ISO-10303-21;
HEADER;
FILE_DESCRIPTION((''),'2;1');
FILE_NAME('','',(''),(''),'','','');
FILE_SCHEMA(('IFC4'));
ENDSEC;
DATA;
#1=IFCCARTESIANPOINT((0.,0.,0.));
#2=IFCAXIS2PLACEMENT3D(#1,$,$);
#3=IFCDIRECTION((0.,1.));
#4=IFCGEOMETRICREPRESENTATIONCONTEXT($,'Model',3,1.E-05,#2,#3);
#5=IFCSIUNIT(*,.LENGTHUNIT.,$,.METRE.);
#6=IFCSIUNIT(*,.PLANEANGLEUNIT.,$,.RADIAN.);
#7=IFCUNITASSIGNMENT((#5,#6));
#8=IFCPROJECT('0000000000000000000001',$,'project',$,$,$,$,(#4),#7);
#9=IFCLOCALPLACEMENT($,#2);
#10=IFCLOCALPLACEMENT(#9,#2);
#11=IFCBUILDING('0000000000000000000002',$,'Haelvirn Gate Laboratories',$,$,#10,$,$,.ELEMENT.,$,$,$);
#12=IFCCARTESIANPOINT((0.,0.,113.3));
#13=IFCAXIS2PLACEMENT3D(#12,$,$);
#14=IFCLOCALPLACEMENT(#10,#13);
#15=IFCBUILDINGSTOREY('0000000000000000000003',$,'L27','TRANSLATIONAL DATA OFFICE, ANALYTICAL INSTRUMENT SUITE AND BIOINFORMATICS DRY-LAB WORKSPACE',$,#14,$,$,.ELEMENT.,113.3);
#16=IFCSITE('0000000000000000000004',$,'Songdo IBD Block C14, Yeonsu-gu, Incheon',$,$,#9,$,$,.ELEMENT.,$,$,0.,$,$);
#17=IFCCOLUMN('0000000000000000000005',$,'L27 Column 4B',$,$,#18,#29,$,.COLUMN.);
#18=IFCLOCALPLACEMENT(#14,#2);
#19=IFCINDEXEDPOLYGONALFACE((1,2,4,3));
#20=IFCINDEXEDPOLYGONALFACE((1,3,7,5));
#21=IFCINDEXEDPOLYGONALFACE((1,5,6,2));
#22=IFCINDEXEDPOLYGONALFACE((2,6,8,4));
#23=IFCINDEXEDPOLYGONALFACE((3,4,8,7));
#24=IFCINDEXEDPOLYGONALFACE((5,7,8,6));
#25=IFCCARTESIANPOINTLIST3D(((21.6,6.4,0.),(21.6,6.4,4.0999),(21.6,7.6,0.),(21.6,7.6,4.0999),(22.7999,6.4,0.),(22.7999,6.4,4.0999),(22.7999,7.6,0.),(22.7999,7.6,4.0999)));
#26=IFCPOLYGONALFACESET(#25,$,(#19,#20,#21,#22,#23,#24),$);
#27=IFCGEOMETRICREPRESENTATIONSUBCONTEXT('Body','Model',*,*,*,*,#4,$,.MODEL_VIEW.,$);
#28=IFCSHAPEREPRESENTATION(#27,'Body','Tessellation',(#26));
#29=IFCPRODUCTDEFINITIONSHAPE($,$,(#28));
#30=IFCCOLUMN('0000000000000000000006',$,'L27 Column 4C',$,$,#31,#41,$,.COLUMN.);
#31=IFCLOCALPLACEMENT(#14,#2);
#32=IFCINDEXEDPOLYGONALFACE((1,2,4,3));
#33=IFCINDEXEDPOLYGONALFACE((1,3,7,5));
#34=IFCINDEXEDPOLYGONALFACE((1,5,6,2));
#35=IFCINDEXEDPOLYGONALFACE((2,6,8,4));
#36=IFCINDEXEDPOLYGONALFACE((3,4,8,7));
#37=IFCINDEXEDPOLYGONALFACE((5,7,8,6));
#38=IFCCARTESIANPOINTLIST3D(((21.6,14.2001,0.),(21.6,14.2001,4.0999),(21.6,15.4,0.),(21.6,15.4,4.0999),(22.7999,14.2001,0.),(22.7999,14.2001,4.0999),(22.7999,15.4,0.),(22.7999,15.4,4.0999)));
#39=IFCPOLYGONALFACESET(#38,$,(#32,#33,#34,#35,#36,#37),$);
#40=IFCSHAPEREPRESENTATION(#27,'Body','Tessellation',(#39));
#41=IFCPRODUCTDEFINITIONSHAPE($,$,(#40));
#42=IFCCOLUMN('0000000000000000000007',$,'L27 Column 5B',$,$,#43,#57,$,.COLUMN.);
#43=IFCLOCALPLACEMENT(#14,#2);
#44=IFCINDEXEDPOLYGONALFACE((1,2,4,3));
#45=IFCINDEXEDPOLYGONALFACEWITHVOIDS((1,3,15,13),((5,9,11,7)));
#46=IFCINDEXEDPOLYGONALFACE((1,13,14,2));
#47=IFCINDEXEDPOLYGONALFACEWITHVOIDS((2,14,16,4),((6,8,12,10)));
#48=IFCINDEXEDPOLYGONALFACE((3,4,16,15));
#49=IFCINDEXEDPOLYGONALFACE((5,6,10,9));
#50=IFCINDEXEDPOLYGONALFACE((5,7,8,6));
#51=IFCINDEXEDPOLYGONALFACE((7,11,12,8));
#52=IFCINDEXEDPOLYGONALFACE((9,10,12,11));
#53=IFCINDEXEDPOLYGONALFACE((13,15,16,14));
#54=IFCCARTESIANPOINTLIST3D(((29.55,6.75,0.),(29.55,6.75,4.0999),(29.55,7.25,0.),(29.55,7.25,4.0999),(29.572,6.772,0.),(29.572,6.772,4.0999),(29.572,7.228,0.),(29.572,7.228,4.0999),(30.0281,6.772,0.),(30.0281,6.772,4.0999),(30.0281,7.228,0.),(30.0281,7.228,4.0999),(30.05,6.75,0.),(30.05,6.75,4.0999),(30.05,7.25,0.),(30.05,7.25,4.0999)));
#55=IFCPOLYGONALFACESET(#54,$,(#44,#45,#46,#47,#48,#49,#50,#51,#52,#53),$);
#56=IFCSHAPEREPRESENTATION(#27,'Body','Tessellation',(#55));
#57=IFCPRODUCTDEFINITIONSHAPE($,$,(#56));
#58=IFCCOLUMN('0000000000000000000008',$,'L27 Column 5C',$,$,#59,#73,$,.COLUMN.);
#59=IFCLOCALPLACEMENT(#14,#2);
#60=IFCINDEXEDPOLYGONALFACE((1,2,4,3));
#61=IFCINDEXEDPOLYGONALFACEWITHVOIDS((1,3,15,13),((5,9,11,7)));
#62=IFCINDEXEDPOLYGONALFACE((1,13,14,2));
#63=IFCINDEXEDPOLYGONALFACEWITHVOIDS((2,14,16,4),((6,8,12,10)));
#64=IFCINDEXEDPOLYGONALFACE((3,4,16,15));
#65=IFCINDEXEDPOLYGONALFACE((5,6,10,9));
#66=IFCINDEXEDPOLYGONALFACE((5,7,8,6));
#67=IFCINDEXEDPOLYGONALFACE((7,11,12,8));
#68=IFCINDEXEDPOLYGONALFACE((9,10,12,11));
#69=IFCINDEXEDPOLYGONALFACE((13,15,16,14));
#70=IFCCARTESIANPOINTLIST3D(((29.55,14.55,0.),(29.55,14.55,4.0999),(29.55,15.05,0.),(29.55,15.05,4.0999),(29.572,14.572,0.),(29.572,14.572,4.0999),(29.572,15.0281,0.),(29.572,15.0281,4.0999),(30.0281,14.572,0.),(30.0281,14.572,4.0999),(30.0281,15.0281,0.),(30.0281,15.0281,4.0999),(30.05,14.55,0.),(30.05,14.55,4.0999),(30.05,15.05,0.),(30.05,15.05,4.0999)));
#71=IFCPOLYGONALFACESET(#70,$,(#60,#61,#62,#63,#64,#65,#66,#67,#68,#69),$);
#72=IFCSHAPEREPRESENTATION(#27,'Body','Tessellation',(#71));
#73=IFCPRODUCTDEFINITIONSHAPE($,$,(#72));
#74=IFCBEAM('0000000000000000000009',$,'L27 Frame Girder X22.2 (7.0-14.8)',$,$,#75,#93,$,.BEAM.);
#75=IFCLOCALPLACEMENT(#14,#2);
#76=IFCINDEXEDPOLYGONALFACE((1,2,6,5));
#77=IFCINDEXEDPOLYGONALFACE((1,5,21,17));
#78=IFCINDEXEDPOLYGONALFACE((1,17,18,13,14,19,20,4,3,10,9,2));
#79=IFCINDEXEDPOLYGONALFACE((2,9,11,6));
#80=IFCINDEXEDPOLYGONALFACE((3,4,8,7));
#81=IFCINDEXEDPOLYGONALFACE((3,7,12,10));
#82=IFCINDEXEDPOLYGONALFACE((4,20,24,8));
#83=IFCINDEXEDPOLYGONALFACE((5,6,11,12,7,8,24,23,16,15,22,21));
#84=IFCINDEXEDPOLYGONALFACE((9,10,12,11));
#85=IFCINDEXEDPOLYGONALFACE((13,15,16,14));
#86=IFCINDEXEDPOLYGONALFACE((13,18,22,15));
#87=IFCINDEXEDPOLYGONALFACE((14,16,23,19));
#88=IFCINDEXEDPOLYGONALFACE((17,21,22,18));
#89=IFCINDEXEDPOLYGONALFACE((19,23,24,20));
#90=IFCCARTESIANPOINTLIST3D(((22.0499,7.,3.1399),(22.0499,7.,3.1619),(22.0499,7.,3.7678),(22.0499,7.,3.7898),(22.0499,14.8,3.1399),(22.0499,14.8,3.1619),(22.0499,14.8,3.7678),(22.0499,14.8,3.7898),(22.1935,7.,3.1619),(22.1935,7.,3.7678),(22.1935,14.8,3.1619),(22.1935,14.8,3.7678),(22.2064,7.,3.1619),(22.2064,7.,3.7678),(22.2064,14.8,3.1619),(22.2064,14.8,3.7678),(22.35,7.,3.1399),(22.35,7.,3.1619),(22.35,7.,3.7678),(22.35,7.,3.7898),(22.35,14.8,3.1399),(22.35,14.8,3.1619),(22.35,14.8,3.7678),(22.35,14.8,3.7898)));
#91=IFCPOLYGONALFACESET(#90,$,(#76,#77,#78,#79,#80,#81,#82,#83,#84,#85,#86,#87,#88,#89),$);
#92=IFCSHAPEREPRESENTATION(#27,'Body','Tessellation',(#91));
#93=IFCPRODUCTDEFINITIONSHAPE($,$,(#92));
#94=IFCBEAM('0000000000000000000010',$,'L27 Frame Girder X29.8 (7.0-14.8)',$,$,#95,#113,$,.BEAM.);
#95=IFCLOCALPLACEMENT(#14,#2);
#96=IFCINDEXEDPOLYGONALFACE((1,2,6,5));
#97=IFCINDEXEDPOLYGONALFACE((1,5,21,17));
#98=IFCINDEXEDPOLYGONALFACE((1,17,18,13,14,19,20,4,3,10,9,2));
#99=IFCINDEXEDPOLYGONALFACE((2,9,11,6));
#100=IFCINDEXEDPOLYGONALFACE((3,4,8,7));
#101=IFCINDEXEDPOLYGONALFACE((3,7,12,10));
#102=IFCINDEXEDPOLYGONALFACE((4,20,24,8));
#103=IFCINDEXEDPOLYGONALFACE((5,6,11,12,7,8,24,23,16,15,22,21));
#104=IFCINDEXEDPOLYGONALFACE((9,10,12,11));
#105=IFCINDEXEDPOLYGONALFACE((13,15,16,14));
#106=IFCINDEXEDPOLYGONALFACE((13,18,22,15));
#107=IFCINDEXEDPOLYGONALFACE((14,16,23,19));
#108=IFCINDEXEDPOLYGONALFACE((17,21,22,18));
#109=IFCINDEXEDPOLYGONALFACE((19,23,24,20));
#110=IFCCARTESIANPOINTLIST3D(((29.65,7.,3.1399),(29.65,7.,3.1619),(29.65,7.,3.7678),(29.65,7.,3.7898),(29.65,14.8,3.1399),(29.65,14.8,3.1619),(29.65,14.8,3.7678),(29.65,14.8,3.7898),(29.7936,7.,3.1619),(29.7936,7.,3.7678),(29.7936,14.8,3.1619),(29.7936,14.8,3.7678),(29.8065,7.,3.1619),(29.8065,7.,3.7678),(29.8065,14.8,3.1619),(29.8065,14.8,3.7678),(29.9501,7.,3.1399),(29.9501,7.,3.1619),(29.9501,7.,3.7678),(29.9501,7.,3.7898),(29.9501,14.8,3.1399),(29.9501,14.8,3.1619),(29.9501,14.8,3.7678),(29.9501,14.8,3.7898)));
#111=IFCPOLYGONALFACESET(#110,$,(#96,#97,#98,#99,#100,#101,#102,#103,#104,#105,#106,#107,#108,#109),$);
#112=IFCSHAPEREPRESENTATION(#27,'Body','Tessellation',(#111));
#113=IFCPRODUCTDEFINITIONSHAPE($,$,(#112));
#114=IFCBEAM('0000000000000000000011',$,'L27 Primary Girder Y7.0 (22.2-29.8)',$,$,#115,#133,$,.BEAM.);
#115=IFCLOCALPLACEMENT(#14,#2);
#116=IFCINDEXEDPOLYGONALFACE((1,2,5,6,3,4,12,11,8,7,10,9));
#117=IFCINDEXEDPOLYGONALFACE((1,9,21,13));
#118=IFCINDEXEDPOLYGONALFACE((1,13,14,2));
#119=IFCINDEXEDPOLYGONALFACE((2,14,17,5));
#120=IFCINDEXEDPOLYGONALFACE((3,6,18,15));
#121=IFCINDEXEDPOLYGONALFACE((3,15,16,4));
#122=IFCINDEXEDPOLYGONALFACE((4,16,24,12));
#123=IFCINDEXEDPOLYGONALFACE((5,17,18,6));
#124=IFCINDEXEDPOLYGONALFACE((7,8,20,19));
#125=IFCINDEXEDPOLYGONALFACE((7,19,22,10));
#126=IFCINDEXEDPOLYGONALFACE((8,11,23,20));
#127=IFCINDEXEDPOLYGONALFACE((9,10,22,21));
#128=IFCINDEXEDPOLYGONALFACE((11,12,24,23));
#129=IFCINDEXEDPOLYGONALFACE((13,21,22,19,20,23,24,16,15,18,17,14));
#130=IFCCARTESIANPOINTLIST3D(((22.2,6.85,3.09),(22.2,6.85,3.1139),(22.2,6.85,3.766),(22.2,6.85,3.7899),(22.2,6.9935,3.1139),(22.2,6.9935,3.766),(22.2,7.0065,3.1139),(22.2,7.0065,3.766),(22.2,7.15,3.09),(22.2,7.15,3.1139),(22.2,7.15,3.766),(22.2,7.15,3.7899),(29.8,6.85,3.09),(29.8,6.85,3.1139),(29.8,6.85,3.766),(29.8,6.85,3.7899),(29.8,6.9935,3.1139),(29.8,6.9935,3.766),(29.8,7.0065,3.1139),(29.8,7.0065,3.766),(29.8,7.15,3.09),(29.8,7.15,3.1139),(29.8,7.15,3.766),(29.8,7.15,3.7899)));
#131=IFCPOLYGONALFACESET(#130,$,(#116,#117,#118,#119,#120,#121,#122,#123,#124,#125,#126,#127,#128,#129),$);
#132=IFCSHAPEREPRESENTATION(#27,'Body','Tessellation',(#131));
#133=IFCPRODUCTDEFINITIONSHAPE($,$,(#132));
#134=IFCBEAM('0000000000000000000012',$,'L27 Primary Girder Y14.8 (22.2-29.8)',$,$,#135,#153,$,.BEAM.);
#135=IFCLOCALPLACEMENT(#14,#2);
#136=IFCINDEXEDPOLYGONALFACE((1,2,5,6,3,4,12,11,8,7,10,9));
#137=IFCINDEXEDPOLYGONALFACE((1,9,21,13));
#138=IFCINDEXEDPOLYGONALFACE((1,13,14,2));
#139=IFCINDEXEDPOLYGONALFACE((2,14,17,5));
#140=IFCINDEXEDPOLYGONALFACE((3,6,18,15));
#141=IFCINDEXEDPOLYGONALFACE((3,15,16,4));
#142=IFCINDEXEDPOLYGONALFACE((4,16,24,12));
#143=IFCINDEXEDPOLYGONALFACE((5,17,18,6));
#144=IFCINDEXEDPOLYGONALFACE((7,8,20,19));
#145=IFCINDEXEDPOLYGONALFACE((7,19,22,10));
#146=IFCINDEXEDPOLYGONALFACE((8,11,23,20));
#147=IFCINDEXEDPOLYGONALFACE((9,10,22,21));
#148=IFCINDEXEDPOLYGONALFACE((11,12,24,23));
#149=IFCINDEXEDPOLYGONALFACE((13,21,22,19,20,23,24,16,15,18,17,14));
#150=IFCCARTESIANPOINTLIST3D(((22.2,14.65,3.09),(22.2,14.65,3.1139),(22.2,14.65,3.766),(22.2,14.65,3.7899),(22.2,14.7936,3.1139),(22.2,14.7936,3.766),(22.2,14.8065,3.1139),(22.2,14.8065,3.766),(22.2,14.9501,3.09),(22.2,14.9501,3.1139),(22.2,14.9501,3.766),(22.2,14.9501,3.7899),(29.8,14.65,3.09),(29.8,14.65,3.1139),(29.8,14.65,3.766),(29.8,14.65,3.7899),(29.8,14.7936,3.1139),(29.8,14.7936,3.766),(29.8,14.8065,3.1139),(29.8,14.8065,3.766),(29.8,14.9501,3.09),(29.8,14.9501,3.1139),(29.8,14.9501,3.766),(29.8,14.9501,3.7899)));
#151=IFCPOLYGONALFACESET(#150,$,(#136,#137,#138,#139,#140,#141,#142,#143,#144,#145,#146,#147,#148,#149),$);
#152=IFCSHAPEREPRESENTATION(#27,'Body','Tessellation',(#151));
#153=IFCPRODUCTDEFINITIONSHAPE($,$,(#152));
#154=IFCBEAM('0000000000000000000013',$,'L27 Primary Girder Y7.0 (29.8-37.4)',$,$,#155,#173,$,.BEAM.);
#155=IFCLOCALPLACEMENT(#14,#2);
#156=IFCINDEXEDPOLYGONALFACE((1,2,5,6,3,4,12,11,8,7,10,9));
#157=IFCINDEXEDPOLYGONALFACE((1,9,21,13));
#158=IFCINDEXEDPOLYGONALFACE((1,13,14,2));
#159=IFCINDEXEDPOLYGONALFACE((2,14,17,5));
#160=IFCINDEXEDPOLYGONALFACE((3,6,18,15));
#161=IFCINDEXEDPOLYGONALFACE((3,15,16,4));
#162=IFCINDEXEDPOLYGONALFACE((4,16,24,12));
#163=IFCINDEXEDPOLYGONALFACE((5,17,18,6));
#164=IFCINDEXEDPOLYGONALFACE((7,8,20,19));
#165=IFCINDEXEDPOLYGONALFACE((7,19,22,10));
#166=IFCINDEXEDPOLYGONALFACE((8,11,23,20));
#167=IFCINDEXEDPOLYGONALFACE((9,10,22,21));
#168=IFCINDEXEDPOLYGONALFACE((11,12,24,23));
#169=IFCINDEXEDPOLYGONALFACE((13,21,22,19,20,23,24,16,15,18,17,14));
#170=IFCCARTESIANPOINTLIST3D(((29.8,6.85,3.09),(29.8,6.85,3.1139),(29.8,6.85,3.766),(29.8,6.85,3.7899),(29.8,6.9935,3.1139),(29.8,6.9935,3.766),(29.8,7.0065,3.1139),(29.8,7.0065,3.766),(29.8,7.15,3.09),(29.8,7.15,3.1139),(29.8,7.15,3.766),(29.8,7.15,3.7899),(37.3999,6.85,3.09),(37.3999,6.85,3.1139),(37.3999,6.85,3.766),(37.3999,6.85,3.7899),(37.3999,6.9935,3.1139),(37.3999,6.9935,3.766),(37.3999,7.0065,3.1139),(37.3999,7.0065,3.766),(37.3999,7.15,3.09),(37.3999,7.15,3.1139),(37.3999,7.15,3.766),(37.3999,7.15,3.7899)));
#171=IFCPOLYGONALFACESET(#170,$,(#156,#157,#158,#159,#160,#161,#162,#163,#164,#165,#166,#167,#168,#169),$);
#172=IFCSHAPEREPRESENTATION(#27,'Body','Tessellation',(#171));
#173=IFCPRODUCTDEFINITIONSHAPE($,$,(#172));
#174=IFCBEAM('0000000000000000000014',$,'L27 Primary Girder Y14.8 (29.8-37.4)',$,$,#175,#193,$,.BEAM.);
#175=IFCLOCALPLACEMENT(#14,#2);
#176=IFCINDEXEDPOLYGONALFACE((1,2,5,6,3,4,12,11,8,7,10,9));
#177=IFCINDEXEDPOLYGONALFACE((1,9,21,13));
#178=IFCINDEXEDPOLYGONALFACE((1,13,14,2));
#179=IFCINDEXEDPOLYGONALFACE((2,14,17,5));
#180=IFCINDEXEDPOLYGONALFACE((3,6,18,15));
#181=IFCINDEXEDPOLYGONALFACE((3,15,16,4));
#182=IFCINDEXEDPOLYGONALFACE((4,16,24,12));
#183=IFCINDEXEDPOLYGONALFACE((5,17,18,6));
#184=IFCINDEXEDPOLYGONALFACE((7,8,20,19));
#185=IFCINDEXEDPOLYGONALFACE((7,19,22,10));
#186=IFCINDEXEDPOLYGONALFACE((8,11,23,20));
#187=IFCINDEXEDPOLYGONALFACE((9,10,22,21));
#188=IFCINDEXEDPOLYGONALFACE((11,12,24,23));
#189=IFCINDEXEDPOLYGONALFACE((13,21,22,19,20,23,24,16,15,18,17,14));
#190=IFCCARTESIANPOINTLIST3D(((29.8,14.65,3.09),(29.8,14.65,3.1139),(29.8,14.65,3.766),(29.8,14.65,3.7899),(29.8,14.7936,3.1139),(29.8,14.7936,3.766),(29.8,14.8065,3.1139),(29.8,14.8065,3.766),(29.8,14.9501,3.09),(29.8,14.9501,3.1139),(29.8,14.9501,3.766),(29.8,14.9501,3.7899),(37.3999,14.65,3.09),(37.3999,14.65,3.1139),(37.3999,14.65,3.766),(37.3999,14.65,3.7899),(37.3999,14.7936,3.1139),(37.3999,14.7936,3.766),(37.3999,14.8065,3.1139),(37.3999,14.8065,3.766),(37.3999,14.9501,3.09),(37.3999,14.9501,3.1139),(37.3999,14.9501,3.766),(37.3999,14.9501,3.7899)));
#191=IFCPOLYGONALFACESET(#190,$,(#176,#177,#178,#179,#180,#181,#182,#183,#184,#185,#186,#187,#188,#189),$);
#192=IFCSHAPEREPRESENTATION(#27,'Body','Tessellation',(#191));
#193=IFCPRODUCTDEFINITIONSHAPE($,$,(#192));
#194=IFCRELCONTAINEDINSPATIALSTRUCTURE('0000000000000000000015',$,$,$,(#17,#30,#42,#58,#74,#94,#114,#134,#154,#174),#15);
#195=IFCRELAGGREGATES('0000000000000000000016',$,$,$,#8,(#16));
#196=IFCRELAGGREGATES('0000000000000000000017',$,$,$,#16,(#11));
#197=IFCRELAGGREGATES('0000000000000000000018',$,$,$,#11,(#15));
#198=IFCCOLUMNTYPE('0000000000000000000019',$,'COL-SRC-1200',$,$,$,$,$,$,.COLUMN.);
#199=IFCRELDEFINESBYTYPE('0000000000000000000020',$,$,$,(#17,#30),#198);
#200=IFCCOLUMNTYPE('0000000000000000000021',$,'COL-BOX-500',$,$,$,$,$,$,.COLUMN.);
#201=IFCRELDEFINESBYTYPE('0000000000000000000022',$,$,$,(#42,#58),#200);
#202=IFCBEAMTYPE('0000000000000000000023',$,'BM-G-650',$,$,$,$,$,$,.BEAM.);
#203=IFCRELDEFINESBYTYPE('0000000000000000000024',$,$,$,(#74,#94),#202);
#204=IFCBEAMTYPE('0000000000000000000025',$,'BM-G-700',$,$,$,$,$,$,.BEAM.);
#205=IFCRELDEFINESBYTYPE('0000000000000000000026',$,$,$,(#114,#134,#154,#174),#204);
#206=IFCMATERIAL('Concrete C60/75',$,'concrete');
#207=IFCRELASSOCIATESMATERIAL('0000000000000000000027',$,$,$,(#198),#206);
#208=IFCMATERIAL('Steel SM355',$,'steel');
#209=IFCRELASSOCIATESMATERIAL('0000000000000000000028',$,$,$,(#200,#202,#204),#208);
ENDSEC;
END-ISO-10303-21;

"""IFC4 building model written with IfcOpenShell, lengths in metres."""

from ifc_helpers import new_model, si_unit, direction, frame, origin, origin_2d, place, context, subcontext, project, spatial, rectangle, hollow_rectangle, i_section, extrude, source, transform, mapped, material, material_profile, profile_set, type_object, type_shapes, element, save


model = new_model("IFC4")

# Units and contexts
model_context = context("Model", 3, precision=1e-05, world=origin(), true_north=direction((0.0, 1.0)))
body_context = subcontext(model_context, "Body", "Model", "MODEL_VIEW")
ifc_project = project(units=[si_unit("LENGTHUNIT", "METRE"), si_unit("PLANEANGLEUNIT", "RADIAN")], contexts=[model_context])

# Site, building, storey
site_placement = place(None, origin())
site = spatial("IfcSite", under=ifc_project, at=site_placement, Name="Songdo IBD Block C14, Yeonsu-gu, Incheon", CompositionType="ELEMENT", RefElevation=0.0)
building_placement = place(site_placement, origin())
building = spatial("IfcBuilding", under=site, at=building_placement, Name="Haelvirn Gate Laboratories", CompositionType="ELEMENT")
storey_placement = place(building_placement, frame((0.0, 0.0, 113.3)))
storey = spatial("IfcBuildingStorey", under=building, at=storey_placement, Name="L27", Description="TRANSLATIONAL DATA OFFICE, ANALYTICAL INSTRUMENT SUITE AND BIOINFORMATICS DRY-LAB WORKSPACE", CompositionType="ELEMENT", Elevation=113.3)

# Columns
ifc_material_1 = material(Name="Concrete C60/75", Category="concrete")
ifc_material_profile_1 = material_profile(ifc_material_1, rectangle(XDim=1.2, YDim=1.2, at=origin_2d()), Name="SRC-1200x1200")
ifc_profile_set_1 = profile_set([ifc_material_profile_1], Name="Concrete C60/75")
column_type_1 = type_object("IfcColumnType", Name="COL-SRC-1200", PredefinedType="COLUMN", material=ifc_profile_set_1)
shared_shape_1 = source(origin(), body_context, "Body", "SweptSolid", [
    extrude(rectangle(XDim=1.2, YDim=1.2, at=origin_2d()), origin(), (0.0, 0.0, 1.0), 4.0999),
])
type_shapes(column_type_1, [shared_shape_1])
for number, where, z_axis, x_axis, name in (
    (1, (22.2, 7.0, 0.0), (0.0, 0.0, 1.0), (1.0, 0.0, 0.0), "L27 Column 4B"),
    (2, (22.2, 14.8, 0.0), (0.0, 0.0, 1.0), (1.0, 0.0, 0.0), "L27 Column 4C"),
):
    element("IfcColumn", number, at=place(storey_placement, frame(where, z_axis=z_axis, x_axis=x_axis)), inside=storey, type_object=column_type_1, Name=name, PredefinedType="COLUMN", context=body_context, shape_type="MappedRepresentation", body=[
        mapped(shared_shape_1, transform((0.0, 0.0, 0.0), scale=1.0)),
    ])
ifc_material_2 = material(Name="Steel SM355", Category="steel")
ifc_material_profile_2 = material_profile(ifc_material_2, hollow_rectangle(XDim=0.5, YDim=0.5, WallThickness=0.022, at=origin_2d()), Name="BOX-500x500x22")
ifc_profile_set_2 = profile_set([ifc_material_profile_2], Name="Steel SM355")
column_type_2 = type_object("IfcColumnType", Name="COL-BOX-500", PredefinedType="COLUMN", material=ifc_profile_set_2)
shared_shape_2 = source(origin(), body_context, "Body", "SweptSolid", [
    extrude(hollow_rectangle(XDim=0.5, YDim=0.5, WallThickness=0.022, at=origin_2d()), origin(), (0.0, 0.0, 1.0), 4.0999),
])
type_shapes(column_type_2, [shared_shape_2])
for number, where, z_axis, x_axis, name in (
    (3, (29.8, 7.0, 0.0), (0.0, 0.0, 1.0), (1.0, 0.0, 0.0), "L27 Column 5B"),
    (4, (29.8, 14.8, 0.0), (0.0, 0.0, 1.0), (1.0, 0.0, 0.0), "L27 Column 5C"),
):
    element("IfcColumn", number, at=place(storey_placement, frame(where, z_axis=z_axis, x_axis=x_axis)), inside=storey, type_object=column_type_2, Name=name, PredefinedType="COLUMN", context=body_context, shape_type="MappedRepresentation", body=[
        mapped(shared_shape_2, transform((0.0, 0.0, 0.0), scale=1.0)),
    ])

# Beams
ifc_material_profile_3 = material_profile(ifc_material_2, i_section(OverallWidth=0.3, OverallDepth=0.6499, WebThickness=0.0129, FlangeThickness=0.022, at=origin_2d()), Name="H-650x300x13x22")
ifc_profile_set_3 = profile_set([ifc_material_profile_3], Name="Steel SM355")
beam_type_1 = type_object("IfcBeamType", Name="BM-G-650", PredefinedType="BEAM", material=ifc_profile_set_3)
shared_shape_3 = source(origin(), body_context, "Body", "SweptSolid", [
    extrude(i_section(OverallWidth=0.3, OverallDepth=0.6499, WebThickness=0.0129, FlangeThickness=0.022, at=origin_2d()), origin(), (0.0, 0.0, 1.0), 7.8),
])
type_shapes(beam_type_1, [shared_shape_3])
for number, where, z_axis, x_axis, name in (
    (5, (22.2, 7.0, 3.4648), (0.0, 1.0, 0.0), (-1.0, 0.0, 0.0), "L27 Frame Girder X22.2 (7.0-14.8)"),
    (6, (29.8, 7.0, 3.4648), (0.0, 1.0, 0.0), (-1.0, 0.0, 0.0), "L27 Frame Girder X29.8 (7.0-14.8)"),
):
    element("IfcBeam", number, at=place(storey_placement, frame(where, z_axis=z_axis, x_axis=x_axis)), inside=storey, type_object=beam_type_1, Name=name, PredefinedType="BEAM", context=body_context, shape_type="MappedRepresentation", body=[
        mapped(shared_shape_3, transform((0.0, 0.0, 0.0), scale=1.0)),
    ])
ifc_material_profile_4 = material_profile(ifc_material_2, i_section(OverallWidth=0.3, OverallDepth=0.7, WebThickness=0.0129, FlangeThickness=0.0239, at=origin_2d()), Name="H-700x300x13x24")
ifc_profile_set_4 = profile_set([ifc_material_profile_4], Name="Steel SM355")
beam_type_2 = type_object("IfcBeamType", Name="BM-G-700", PredefinedType="BEAM", material=ifc_profile_set_4)
shared_shape_4 = source(origin(), body_context, "Body", "SweptSolid", [
    extrude(i_section(OverallWidth=0.3, OverallDepth=0.7, WebThickness=0.0129, FlangeThickness=0.0239, at=origin_2d()), origin(), (0.0, 0.0, 1.0), 7.6001),
])
for number, where, z_axis, x_axis, name in (
    (7, (22.2, 7.0, 3.4399), (1.0, 0.0, 0.0), (0.0, 1.0, 0.0), "L27 Primary Girder Y7.0 (22.2-29.8)"),
    (8, (22.2, 14.8, 3.4399), (1.0, 0.0, 0.0), (0.0, 1.0, 0.0), "L27 Primary Girder Y14.8 (22.2-29.8)"),
):
    element("IfcBeam", number, at=place(storey_placement, frame(where, z_axis=z_axis, x_axis=x_axis)), inside=storey, type_object=beam_type_2, Name=name, PredefinedType="BEAM", context=body_context, shape_type="MappedRepresentation", body=[
        mapped(shared_shape_4, transform((0.0, 0.0, 0.0), scale=1.0)),
    ])
shared_shape_5 = source(origin(), body_context, "Body", "SweptSolid", [
    extrude(i_section(OverallWidth=0.3, OverallDepth=0.7, WebThickness=0.0129, FlangeThickness=0.0239, at=origin_2d()), origin(), (0.0, 0.0, 1.0), 7.5999),
])
type_shapes(beam_type_2, [shared_shape_4, shared_shape_5])
for number, where, z_axis, x_axis, name in (
    (9, (29.8, 7.0, 3.4399), (1.0, 0.0, 0.0), (0.0, 1.0, 0.0), "L27 Primary Girder Y7.0 (29.8-37.4)"),
    (10, (29.8, 14.8, 3.4399), (1.0, 0.0, 0.0), (0.0, 1.0, 0.0), "L27 Primary Girder Y14.8 (29.8-37.4)"),
):
    element("IfcBeam", number, at=place(storey_placement, frame(where, z_axis=z_axis, x_axis=x_axis)), inside=storey, type_object=beam_type_2, Name=name, PredefinedType="BEAM", context=body_context, shape_type="MappedRepresentation", body=[
        mapped(shared_shape_5, transform((0.0, 0.0, 0.0), scale=1.0)),
    ])

save(model, "model.ifc")
